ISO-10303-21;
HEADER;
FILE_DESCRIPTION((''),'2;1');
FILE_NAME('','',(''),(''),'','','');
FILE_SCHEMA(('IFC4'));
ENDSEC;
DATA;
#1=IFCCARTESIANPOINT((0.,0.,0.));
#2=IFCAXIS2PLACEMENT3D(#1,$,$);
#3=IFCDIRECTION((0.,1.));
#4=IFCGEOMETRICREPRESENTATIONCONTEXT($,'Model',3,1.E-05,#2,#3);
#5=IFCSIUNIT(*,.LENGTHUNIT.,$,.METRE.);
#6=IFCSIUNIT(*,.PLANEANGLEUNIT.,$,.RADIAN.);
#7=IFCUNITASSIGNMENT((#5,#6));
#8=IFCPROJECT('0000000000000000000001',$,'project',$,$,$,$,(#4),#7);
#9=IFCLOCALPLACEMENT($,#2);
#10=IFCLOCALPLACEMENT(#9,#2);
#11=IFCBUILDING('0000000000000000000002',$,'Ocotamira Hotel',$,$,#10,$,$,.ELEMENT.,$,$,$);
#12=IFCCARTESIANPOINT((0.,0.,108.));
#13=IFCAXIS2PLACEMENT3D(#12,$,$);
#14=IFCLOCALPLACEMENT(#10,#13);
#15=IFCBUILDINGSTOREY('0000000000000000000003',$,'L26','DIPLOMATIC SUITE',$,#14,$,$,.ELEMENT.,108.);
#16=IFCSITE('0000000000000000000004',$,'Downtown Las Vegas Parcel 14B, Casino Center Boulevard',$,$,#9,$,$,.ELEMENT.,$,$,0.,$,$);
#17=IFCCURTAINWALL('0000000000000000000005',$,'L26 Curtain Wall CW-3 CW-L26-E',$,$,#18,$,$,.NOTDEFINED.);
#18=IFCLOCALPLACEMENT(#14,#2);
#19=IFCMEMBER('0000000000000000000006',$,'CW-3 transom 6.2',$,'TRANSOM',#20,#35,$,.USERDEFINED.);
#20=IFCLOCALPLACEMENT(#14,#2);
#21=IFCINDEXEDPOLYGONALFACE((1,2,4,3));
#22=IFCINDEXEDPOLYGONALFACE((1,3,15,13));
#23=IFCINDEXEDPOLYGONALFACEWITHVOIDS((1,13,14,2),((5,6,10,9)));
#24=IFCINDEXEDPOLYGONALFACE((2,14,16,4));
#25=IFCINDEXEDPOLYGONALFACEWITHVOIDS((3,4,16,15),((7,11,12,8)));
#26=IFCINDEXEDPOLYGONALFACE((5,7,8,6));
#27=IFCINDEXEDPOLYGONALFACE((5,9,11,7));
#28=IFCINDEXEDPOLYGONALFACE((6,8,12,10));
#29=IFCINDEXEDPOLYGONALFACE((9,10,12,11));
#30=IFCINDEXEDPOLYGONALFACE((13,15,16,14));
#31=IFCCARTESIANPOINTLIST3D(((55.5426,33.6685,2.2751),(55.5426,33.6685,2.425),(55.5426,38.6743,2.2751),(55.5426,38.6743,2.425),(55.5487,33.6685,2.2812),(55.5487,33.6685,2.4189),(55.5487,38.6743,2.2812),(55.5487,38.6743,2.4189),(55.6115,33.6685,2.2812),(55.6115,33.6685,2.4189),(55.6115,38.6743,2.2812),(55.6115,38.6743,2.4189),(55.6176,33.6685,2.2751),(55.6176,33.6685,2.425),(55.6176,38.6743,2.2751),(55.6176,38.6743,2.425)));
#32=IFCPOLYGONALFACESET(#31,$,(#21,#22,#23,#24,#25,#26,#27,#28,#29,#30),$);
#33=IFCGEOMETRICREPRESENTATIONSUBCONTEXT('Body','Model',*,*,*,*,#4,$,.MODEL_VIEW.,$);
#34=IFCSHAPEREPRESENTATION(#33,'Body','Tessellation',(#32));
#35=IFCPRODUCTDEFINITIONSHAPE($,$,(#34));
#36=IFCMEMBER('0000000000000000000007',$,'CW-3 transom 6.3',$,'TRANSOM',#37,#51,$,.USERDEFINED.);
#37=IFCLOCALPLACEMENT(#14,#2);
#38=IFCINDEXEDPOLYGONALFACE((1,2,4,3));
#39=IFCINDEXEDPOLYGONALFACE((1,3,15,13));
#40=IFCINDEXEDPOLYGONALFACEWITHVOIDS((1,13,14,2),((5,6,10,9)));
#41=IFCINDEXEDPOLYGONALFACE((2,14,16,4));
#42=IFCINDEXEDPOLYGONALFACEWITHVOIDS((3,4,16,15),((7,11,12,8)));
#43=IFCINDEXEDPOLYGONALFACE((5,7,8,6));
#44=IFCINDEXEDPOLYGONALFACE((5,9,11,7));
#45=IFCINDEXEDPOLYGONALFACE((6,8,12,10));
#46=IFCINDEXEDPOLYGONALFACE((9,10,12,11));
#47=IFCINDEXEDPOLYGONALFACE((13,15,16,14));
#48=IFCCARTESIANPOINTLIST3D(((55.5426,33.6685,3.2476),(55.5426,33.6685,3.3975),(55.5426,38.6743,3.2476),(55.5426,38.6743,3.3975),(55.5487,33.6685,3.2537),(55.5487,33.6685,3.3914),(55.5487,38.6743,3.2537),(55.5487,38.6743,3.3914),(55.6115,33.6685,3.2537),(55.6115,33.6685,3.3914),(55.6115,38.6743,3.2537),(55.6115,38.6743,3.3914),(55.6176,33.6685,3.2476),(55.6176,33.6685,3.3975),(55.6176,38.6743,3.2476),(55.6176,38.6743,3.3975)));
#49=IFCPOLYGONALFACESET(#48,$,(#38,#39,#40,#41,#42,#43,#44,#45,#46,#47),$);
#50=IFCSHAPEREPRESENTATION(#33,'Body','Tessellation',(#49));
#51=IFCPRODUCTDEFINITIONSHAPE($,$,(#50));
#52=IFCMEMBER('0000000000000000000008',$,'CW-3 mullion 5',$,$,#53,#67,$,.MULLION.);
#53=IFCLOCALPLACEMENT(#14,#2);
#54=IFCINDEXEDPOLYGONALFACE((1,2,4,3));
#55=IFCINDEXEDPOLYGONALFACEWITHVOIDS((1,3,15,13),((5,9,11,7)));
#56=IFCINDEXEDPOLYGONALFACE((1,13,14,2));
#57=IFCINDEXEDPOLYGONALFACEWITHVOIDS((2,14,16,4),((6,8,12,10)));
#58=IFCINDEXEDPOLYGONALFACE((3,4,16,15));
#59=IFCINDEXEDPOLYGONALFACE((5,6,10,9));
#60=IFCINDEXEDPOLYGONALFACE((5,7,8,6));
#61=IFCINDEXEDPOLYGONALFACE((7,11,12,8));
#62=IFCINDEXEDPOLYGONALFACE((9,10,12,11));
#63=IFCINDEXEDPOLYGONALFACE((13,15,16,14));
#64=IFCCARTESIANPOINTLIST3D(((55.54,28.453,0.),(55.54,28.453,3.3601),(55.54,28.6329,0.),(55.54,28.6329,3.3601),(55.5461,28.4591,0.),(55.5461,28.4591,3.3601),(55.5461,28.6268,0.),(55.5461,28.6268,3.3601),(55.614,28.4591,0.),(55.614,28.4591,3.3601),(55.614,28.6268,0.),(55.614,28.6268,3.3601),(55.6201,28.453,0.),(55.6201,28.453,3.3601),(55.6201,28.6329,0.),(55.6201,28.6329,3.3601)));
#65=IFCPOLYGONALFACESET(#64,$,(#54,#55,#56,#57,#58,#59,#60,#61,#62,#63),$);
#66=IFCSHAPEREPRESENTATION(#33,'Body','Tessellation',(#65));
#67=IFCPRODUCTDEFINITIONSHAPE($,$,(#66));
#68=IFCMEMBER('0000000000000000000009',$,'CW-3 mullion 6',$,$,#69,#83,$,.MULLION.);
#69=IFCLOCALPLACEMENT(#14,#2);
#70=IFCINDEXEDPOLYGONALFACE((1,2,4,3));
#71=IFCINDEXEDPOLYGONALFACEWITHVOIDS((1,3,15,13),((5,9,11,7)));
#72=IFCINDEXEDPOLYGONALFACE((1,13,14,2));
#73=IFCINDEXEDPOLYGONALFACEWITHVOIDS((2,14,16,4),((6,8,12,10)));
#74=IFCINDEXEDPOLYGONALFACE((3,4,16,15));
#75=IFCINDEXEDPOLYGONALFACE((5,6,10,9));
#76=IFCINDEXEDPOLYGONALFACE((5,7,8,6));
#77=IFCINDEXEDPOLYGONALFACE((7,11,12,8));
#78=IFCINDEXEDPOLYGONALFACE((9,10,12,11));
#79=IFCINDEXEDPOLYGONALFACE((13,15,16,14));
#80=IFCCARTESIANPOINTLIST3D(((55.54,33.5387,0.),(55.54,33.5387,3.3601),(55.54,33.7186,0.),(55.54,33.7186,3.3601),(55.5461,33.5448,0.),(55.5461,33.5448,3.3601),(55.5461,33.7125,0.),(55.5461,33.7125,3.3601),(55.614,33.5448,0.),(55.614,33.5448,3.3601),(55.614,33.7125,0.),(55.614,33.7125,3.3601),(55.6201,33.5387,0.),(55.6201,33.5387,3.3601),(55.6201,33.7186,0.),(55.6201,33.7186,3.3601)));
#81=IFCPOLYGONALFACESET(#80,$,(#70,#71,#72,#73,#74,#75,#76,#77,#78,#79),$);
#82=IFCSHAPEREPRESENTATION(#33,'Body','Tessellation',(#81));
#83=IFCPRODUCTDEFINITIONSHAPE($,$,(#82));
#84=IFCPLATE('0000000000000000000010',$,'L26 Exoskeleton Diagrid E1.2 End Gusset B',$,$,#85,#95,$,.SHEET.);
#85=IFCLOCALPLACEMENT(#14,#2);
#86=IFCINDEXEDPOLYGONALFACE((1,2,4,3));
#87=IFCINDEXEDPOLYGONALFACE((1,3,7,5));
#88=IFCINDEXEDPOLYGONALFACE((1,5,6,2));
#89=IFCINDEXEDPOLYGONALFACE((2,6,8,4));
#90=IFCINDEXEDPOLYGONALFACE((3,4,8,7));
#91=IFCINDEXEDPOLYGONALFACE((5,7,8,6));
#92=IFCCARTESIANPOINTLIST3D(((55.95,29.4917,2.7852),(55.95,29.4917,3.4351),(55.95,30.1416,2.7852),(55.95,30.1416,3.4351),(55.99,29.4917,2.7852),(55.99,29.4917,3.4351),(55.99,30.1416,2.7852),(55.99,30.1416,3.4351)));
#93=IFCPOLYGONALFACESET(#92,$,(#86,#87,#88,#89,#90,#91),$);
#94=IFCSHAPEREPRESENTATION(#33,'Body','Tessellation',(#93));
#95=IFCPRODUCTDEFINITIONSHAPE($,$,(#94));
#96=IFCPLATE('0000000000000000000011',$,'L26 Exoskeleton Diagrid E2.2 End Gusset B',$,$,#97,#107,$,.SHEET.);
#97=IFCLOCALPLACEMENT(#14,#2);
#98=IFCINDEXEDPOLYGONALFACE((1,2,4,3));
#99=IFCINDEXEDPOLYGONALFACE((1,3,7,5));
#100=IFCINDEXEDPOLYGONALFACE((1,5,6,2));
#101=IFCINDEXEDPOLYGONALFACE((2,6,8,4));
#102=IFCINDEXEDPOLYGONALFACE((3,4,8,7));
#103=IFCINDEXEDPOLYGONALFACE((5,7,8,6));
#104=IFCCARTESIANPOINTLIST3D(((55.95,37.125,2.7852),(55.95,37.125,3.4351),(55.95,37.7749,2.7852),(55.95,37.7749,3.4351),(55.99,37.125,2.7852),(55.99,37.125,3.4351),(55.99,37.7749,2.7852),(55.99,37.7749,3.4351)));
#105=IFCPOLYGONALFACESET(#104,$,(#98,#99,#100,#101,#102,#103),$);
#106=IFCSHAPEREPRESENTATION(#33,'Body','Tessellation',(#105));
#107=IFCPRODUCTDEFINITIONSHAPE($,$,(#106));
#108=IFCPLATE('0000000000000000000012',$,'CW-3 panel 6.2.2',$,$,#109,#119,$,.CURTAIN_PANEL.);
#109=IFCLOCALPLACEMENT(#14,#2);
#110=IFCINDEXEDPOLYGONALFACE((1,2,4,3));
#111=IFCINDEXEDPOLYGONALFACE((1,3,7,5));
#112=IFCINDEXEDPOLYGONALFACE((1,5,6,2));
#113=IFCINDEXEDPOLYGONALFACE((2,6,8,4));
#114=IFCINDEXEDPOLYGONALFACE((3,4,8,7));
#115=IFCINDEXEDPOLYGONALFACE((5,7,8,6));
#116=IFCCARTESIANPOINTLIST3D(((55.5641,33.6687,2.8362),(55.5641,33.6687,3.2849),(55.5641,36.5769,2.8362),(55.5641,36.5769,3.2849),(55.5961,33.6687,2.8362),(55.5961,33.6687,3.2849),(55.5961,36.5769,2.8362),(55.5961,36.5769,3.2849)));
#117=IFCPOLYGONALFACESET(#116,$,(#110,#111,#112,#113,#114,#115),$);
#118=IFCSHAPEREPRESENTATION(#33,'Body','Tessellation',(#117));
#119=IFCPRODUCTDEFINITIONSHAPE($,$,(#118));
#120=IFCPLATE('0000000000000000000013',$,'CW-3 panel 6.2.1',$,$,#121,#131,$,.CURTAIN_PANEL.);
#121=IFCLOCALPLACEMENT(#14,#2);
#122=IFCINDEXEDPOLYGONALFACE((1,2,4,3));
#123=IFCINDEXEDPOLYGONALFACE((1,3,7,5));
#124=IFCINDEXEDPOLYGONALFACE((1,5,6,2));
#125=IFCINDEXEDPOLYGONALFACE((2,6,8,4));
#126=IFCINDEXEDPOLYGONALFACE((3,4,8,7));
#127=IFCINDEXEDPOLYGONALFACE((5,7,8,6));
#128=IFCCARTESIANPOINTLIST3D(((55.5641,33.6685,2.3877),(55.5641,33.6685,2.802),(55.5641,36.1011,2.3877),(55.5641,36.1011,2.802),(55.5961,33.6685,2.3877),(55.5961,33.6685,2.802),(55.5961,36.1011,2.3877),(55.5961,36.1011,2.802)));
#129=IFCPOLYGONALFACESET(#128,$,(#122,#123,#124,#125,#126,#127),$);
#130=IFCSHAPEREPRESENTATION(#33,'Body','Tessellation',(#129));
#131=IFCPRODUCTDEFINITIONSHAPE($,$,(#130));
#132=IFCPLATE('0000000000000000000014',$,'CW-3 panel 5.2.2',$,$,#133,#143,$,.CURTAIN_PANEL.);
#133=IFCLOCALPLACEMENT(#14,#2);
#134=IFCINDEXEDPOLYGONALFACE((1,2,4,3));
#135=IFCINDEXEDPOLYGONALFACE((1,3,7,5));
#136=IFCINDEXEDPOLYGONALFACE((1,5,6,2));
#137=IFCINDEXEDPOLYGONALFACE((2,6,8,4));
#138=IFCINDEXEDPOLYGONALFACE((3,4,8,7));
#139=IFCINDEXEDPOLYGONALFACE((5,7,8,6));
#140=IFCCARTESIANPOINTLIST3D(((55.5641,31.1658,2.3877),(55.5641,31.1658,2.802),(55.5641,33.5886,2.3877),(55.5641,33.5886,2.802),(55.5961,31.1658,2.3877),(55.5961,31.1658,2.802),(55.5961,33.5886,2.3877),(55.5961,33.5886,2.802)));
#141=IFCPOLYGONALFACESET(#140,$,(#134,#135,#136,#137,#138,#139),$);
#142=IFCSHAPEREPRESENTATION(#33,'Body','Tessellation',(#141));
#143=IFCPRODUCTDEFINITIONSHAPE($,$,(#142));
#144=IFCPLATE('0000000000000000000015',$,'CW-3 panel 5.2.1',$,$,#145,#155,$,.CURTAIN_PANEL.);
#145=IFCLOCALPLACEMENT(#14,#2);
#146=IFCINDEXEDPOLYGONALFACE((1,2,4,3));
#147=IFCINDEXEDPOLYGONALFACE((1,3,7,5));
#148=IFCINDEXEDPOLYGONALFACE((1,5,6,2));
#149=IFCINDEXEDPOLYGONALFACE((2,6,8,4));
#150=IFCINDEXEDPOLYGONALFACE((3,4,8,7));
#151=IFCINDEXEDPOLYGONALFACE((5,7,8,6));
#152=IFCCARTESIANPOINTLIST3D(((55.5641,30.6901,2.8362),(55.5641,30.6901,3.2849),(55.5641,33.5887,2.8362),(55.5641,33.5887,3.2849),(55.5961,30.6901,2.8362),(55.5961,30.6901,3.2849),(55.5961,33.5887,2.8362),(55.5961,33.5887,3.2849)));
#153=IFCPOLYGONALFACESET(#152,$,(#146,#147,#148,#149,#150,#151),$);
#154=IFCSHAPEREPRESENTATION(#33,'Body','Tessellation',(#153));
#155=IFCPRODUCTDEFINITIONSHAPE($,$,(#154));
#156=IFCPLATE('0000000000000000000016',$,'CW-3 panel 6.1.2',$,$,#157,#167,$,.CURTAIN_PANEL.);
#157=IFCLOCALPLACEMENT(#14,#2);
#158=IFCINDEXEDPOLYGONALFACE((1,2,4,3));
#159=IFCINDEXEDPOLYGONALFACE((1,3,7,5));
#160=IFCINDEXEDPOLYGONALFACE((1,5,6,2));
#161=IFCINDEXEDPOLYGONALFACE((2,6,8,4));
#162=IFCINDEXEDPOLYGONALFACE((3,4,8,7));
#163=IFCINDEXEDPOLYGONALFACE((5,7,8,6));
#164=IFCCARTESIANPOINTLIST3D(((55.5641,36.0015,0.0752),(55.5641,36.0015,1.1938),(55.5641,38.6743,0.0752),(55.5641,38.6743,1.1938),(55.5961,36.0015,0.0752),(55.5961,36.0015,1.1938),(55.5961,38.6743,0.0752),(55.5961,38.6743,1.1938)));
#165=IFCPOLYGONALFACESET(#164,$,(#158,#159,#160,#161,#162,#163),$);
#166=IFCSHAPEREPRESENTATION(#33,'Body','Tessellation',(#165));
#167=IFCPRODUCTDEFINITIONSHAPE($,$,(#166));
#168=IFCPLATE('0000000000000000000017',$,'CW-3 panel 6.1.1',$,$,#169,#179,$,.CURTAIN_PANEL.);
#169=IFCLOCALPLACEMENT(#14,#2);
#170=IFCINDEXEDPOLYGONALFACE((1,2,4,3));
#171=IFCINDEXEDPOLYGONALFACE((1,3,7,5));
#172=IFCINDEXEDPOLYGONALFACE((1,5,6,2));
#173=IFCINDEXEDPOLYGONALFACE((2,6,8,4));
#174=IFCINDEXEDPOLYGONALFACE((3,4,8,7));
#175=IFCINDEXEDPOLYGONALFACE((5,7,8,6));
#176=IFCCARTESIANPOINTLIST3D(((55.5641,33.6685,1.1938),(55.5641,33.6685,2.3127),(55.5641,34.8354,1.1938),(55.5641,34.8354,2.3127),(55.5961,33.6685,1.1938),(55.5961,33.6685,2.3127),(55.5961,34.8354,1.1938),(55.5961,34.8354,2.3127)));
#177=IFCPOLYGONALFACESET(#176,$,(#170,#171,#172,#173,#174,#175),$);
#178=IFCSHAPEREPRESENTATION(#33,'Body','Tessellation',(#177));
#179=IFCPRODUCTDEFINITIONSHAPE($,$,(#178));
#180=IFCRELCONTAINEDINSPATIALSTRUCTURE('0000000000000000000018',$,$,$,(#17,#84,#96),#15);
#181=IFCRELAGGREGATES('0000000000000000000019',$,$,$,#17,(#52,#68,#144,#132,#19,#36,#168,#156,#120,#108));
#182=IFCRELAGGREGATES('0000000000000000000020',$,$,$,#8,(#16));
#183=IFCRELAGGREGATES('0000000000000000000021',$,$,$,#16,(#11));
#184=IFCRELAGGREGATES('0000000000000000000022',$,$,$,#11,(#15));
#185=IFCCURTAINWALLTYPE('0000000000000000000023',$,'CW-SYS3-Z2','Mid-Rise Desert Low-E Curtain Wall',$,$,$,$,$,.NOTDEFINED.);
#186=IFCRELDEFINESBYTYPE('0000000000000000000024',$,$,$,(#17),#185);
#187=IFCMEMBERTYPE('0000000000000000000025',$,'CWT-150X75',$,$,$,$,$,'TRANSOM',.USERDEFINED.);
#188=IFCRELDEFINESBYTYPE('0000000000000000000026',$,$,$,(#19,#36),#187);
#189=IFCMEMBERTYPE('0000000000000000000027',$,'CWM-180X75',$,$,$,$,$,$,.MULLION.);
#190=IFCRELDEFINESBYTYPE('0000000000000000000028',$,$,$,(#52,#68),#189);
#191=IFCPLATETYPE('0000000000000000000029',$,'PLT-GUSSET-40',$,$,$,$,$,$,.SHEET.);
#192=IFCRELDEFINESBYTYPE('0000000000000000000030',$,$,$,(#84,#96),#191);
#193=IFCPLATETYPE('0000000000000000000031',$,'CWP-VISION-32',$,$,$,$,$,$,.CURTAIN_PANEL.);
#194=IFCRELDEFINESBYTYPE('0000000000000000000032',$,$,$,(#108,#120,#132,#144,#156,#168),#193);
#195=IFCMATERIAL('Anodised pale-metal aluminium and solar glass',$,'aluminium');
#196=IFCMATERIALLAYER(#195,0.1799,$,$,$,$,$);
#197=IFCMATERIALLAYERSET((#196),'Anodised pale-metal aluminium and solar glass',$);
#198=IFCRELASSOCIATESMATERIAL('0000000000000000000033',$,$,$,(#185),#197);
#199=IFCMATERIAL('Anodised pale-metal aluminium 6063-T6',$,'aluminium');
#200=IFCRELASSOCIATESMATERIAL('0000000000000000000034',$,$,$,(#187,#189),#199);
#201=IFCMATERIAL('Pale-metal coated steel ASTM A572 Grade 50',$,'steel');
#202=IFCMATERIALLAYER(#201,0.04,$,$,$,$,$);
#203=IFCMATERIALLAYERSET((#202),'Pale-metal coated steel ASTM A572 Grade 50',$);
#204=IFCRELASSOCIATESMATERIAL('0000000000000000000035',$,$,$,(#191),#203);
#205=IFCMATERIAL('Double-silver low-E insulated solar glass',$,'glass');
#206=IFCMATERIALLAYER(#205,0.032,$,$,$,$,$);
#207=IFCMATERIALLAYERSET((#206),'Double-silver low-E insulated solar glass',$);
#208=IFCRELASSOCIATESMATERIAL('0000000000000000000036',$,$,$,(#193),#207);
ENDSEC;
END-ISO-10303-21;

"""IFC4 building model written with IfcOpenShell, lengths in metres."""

from ifc_helpers import new_model, si_unit, direction, frame, origin, origin_2d, place, context, subcontext, project, spatial, rectangle, hollow_rectangle, extrude, source, transform, mapped, material, layer, layer_set, material_profile, profile_set, type_object, element, aggregate, save


model = new_model("IFC4")

# Units and contexts
model_context = context("Model", 3, precision=1e-05, world=origin(), true_north=direction((0.0, 1.0)))
body_context = subcontext(model_context, "Body", "Model", "MODEL_VIEW")
ifc_project = project(units=[si_unit("LENGTHUNIT", "METRE"), si_unit("PLANEANGLEUNIT", "RADIAN")], contexts=[model_context])

# Site, building, storey
site_placement = place(None, origin())
site = spatial("IfcSite", under=ifc_project, at=site_placement, Name="Downtown Las Vegas Parcel 14B, Casino Center Boulevard", CompositionType="ELEMENT", RefElevation=0.0)
building_placement = place(site_placement, origin())
building = spatial("IfcBuilding", under=site, at=building_placement, Name="Ocotamira Hotel", CompositionType="ELEMENT")
storey_placement = place(building_placement, frame((0.0, 0.0, 108.0)))
storey = spatial("IfcBuildingStorey", under=building, at=storey_placement, Name="L26", Description="DIPLOMATIC SUITE", CompositionType="ELEMENT", Elevation=108.0)

# Curtain wall, members
ifc_material_1 = material(Name="Anodised pale-metal aluminium and solar glass", Category="aluminium")
ifc_layer_1 = layer(ifc_material_1, 0.1799)
ifc_layer_set_1 = layer_set([ifc_layer_1], Name="Anodised pale-metal aluminium and solar glass")
curtain_wall_type = type_object("IfcCurtainWallType", Name="CW-SYS3-Z2", Description="Mid-Rise Desert Low-E Curtain Wall", PredefinedType="NOTDEFINED", material=ifc_layer_set_1)
curtain_wall_placement = place(storey_placement, origin())
curtain_wall = element("IfcCurtainWall", 1, at=curtain_wall_placement, inside=storey, type_object=curtain_wall_type, Name="L26 Curtain Wall CW-3 CW-L26-E", PredefinedType="NOTDEFINED")
ifc_material_2 = material(Name="Anodised pale-metal aluminium 6063-T6", Category="aluminium")
ifc_material_profile_1 = material_profile(ifc_material_2, hollow_rectangle(XDim=0.075, YDim=0.1499, WallThickness=0.0061, at=origin_2d()), Name="HSS150X75X6")
ifc_profile_set_1 = profile_set([ifc_material_profile_1], Name="Anodised pale-metal aluminium 6063-T6")
member_type_1 = type_object("IfcMemberType", Name="CWT-150X75", ElementType="TRANSOM", PredefinedType="USERDEFINED", material=ifc_profile_set_1)
shared_shape_1 = source(origin(), body_context, "Body", "SweptSolid", [
    extrude(hollow_rectangle(XDim=0.075, YDim=0.1499, WallThickness=0.0061, at=origin_2d()), origin(), (0.0, 0.0, 1.0), 5.0059),
])
member_1_placement = place(storey_placement, frame((55.5801, 33.6685, 2.3501), z_axis=(0.0, 1.0, 0.0), x_axis=(-1.0, 0.0, 0.0)))
member_1 = element("IfcMember", 2, at=member_1_placement, type_object=member_type_1, Name="CW-3 transom 6.2", ObjectType="TRANSOM", PredefinedType="USERDEFINED", context=body_context, shape_type="MappedRepresentation", body=[
    mapped(shared_shape_1, transform((0.0, 0.0, 0.0), scale=1.0)),
])
member_2_placement = place(storey_placement, frame((55.5801, 33.6685, 3.3225), z_axis=(0.0, 1.0, 0.0), x_axis=(-1.0, 0.0, 0.0)))
member_2 = element("IfcMember", 3, at=member_2_placement, type_object=member_type_1, Name="CW-3 transom 6.3", ObjectType="TRANSOM", PredefinedType="USERDEFINED", context=body_context, shape_type="MappedRepresentation", body=[
    mapped(shared_shape_1, transform((0.0, 0.0, 0.0), scale=1.0)),
])
ifc_material_profile_2 = material_profile(ifc_material_2, hollow_rectangle(XDim=0.0801, YDim=0.1799, WallThickness=0.0061, at=origin_2d()), Name="HSS180X80X6")
ifc_profile_set_2 = profile_set([ifc_material_profile_2], Name="Anodised pale-metal aluminium 6063-T6")
member_type_2 = type_object("IfcMemberType", Name="CWM-180X75", PredefinedType="MULLION", material=ifc_profile_set_2)
shared_shape_2 = source(origin(), body_context, "Body", "SweptSolid", [
    extrude(hollow_rectangle(XDim=0.0801, YDim=0.1799, WallThickness=0.0061, at=origin_2d()), origin(), (0.0, 0.0, 1.0), 3.3601),
])
member_3_placement = place(storey_placement, frame((55.5801, 28.543, 0.0), z_axis=(0.0, 0.0, 1.0), x_axis=(-1.0, 0.0, 0.0)))
member_3 = element("IfcMember", 4, at=member_3_placement, type_object=member_type_2, Name="CW-3 mullion 5", PredefinedType="MULLION", context=body_context, shape_type="MappedRepresentation", body=[
    mapped(shared_shape_2, transform((0.0, 0.0, 0.0), scale=1.0)),
])
member_4_placement = place(storey_placement, frame((55.5801, 33.6287, 0.0), z_axis=(0.0, 0.0, 1.0), x_axis=(-1.0, 0.0, 0.0)))
member_4 = element("IfcMember", 5, at=member_4_placement, type_object=member_type_2, Name="CW-3 mullion 6", PredefinedType="MULLION", context=body_context, shape_type="MappedRepresentation", body=[
    mapped(shared_shape_2, transform((0.0, 0.0, 0.0), scale=1.0)),
])

# Plates
ifc_material_3 = material(Name="Pale-metal coated steel ASTM A572 Grade 50", Category="steel")
ifc_layer_2 = layer(ifc_material_3, 0.04)
ifc_layer_set_2 = layer_set([ifc_layer_2], Name="Pale-metal coated steel ASTM A572 Grade 50")
plate_type_1 = type_object("IfcPlateType", Name="PLT-GUSSET-40", PredefinedType="SHEET", material=ifc_layer_set_2)
shared_shape_3 = source(origin(), body_context, "Body", "SweptSolid", [
    extrude(rectangle(XDim=0.04, YDim=0.6499, at=origin_2d()), origin(), (0.0, 0.0, 1.0), 0.6499),
])
for number, where, z_axis, x_axis, name in (
    (6, (55.97, 29.8167, 2.7852), (0.0, 0.0, 1.0), (1.0, 0.0, 0.0), "L26 Exoskeleton Diagrid E1.2 End Gusset B"),
    (7, (55.97, 37.45, 2.7852), (0.0, 0.0, 1.0), (1.0, 0.0, 0.0), "L26 Exoskeleton Diagrid E2.2 End Gusset B"),
):
    element("IfcPlate", number, at=place(storey_placement, frame(where, z_axis=z_axis, x_axis=x_axis)), inside=storey, type_object=plate_type_1, Name=name, PredefinedType="SHEET", context=body_context, shape_type="MappedRepresentation", body=[
        mapped(shared_shape_3, transform((0.0, 0.0, 0.0), scale=1.0)),
    ])

# Plates
ifc_material_4 = material(Name="Double-silver low-E insulated solar glass", Category="glass")
ifc_layer_3 = layer(ifc_material_4, 0.032)
ifc_layer_set_3 = layer_set([ifc_layer_3], Name="Double-silver low-E insulated solar glass")
plate_type_2 = type_object("IfcPlateType", Name="CWP-VISION-32", PredefinedType="CURTAIN_PANEL", material=ifc_layer_set_3)
shared_shape_4 = source(origin(), body_context, "Body", "SweptSolid", [
    extrude(rectangle(XDim=2.9082, YDim=0.032, at=origin_2d()), origin(), (0.0, 0.0, 1.0), 0.4487),
])
plate_1_placement = place(storey_placement, frame((55.5801, 35.1228, 2.8362), z_axis=(0.0, 0.0, 1.0), x_axis=(0.0, 1.0, 0.0)))
plate_1 = element("IfcPlate", 8, at=plate_1_placement, type_object=plate_type_2, Name="CW-3 panel 6.2.2", PredefinedType="CURTAIN_PANEL", context=body_context, shape_type="MappedRepresentation", body=[
    mapped(shared_shape_4, transform((0.0, 0.0, 0.0), scale=1.0)),
])
shared_shape_5 = source(origin(), body_context, "Body", "SweptSolid", [
    extrude(rectangle(XDim=2.4326, YDim=0.032, at=origin_2d()), origin(), (0.0, 0.0, 1.0), 0.4143),
])
plate_2_placement = place(storey_placement, frame((55.5801, 34.8848, 2.3877), z_axis=(0.0, 0.0, 1.0), x_axis=(0.0, 1.0, 0.0)))
plate_2 = element("IfcPlate", 9, at=plate_2_placement, type_object=plate_type_2, Name="CW-3 panel 6.2.1", PredefinedType="CURTAIN_PANEL", context=body_context, shape_type="MappedRepresentation", body=[
    mapped(shared_shape_5, transform((0.0, 0.0, 0.0), scale=1.0)),
])
shared_shape_6 = source(origin(), body_context, "Body", "SweptSolid", [
    extrude(rectangle(XDim=2.4229, YDim=0.032, at=origin_2d()), origin(), (0.0, 0.0, 1.0), 0.4143),
])
plate_3_placement = place(storey_placement, frame((55.5801, 32.3772, 2.3877), z_axis=(0.0, 0.0, 1.0), x_axis=(0.0, 1.0, 0.0)))
plate_3 = element("IfcPlate", 10, at=plate_3_placement, type_object=plate_type_2, Name="CW-3 panel 5.2.2", PredefinedType="CURTAIN_PANEL", context=body_context, shape_type="MappedRepresentation", body=[
    mapped(shared_shape_6, transform((0.0, 0.0, 0.0), scale=1.0)),
])
shared_shape_7 = source(origin(), body_context, "Body", "SweptSolid", [
    extrude(rectangle(XDim=2.8987, YDim=0.032, at=origin_2d()), origin(), (0.0, 0.0, 1.0), 0.4487),
])
plate_4_placement = place(storey_placement, frame((55.5801, 32.1394, 2.8362), z_axis=(0.0, 0.0, 1.0), x_axis=(0.0, 1.0, 0.0)))
plate_4 = element("IfcPlate", 11, at=plate_4_placement, type_object=plate_type_2, Name="CW-3 panel 5.2.1", PredefinedType="CURTAIN_PANEL", context=body_context, shape_type="MappedRepresentation", body=[
    mapped(shared_shape_7, transform((0.0, 0.0, 0.0), scale=1.0)),
])
shared_shape_8 = source(origin(), body_context, "Body", "SweptSolid", [
    extrude(rectangle(XDim=2.6729, YDim=0.032, at=origin_2d()), origin(), (0.0, 0.0, 1.0), 1.1187),
])
plate_5_placement = place(storey_placement, frame((55.5801, 37.3379, 0.0752), z_axis=(0.0, 0.0, 1.0), x_axis=(0.0, 1.0, 0.0)))
plate_5 = element("IfcPlate", 12, at=plate_5_placement, type_object=plate_type_2, Name="CW-3 panel 6.1.2", PredefinedType="CURTAIN_PANEL", context=body_context, shape_type="MappedRepresentation", body=[
    mapped(shared_shape_8, transform((0.0, 0.0, 0.0), scale=1.0)),
])
shared_shape_9 = source(origin(), body_context, "Body", "SweptSolid", [
    extrude(rectangle(XDim=1.167, YDim=0.032, at=origin_2d()), origin(), (0.0, 0.0, 1.0), 1.1189),
])
plate_6_placement = place(storey_placement, frame((55.5801, 34.252, 1.1938), z_axis=(0.0, 0.0, 1.0), x_axis=(0.0, 1.0, 0.0)))
plate_6 = element("IfcPlate", 13, at=plate_6_placement, type_object=plate_type_2, Name="CW-3 panel 6.1.1", PredefinedType="CURTAIN_PANEL", context=body_context, shape_type="MappedRepresentation", body=[
    mapped(shared_shape_9, transform((0.0, 0.0, 0.0), scale=1.0)),
])
aggregate(curtain_wall, [member_3, member_4, plate_4, plate_3, member_1, member_2, plate_6, plate_5, plate_2, plate_1])

save(model, "model.ifc")
